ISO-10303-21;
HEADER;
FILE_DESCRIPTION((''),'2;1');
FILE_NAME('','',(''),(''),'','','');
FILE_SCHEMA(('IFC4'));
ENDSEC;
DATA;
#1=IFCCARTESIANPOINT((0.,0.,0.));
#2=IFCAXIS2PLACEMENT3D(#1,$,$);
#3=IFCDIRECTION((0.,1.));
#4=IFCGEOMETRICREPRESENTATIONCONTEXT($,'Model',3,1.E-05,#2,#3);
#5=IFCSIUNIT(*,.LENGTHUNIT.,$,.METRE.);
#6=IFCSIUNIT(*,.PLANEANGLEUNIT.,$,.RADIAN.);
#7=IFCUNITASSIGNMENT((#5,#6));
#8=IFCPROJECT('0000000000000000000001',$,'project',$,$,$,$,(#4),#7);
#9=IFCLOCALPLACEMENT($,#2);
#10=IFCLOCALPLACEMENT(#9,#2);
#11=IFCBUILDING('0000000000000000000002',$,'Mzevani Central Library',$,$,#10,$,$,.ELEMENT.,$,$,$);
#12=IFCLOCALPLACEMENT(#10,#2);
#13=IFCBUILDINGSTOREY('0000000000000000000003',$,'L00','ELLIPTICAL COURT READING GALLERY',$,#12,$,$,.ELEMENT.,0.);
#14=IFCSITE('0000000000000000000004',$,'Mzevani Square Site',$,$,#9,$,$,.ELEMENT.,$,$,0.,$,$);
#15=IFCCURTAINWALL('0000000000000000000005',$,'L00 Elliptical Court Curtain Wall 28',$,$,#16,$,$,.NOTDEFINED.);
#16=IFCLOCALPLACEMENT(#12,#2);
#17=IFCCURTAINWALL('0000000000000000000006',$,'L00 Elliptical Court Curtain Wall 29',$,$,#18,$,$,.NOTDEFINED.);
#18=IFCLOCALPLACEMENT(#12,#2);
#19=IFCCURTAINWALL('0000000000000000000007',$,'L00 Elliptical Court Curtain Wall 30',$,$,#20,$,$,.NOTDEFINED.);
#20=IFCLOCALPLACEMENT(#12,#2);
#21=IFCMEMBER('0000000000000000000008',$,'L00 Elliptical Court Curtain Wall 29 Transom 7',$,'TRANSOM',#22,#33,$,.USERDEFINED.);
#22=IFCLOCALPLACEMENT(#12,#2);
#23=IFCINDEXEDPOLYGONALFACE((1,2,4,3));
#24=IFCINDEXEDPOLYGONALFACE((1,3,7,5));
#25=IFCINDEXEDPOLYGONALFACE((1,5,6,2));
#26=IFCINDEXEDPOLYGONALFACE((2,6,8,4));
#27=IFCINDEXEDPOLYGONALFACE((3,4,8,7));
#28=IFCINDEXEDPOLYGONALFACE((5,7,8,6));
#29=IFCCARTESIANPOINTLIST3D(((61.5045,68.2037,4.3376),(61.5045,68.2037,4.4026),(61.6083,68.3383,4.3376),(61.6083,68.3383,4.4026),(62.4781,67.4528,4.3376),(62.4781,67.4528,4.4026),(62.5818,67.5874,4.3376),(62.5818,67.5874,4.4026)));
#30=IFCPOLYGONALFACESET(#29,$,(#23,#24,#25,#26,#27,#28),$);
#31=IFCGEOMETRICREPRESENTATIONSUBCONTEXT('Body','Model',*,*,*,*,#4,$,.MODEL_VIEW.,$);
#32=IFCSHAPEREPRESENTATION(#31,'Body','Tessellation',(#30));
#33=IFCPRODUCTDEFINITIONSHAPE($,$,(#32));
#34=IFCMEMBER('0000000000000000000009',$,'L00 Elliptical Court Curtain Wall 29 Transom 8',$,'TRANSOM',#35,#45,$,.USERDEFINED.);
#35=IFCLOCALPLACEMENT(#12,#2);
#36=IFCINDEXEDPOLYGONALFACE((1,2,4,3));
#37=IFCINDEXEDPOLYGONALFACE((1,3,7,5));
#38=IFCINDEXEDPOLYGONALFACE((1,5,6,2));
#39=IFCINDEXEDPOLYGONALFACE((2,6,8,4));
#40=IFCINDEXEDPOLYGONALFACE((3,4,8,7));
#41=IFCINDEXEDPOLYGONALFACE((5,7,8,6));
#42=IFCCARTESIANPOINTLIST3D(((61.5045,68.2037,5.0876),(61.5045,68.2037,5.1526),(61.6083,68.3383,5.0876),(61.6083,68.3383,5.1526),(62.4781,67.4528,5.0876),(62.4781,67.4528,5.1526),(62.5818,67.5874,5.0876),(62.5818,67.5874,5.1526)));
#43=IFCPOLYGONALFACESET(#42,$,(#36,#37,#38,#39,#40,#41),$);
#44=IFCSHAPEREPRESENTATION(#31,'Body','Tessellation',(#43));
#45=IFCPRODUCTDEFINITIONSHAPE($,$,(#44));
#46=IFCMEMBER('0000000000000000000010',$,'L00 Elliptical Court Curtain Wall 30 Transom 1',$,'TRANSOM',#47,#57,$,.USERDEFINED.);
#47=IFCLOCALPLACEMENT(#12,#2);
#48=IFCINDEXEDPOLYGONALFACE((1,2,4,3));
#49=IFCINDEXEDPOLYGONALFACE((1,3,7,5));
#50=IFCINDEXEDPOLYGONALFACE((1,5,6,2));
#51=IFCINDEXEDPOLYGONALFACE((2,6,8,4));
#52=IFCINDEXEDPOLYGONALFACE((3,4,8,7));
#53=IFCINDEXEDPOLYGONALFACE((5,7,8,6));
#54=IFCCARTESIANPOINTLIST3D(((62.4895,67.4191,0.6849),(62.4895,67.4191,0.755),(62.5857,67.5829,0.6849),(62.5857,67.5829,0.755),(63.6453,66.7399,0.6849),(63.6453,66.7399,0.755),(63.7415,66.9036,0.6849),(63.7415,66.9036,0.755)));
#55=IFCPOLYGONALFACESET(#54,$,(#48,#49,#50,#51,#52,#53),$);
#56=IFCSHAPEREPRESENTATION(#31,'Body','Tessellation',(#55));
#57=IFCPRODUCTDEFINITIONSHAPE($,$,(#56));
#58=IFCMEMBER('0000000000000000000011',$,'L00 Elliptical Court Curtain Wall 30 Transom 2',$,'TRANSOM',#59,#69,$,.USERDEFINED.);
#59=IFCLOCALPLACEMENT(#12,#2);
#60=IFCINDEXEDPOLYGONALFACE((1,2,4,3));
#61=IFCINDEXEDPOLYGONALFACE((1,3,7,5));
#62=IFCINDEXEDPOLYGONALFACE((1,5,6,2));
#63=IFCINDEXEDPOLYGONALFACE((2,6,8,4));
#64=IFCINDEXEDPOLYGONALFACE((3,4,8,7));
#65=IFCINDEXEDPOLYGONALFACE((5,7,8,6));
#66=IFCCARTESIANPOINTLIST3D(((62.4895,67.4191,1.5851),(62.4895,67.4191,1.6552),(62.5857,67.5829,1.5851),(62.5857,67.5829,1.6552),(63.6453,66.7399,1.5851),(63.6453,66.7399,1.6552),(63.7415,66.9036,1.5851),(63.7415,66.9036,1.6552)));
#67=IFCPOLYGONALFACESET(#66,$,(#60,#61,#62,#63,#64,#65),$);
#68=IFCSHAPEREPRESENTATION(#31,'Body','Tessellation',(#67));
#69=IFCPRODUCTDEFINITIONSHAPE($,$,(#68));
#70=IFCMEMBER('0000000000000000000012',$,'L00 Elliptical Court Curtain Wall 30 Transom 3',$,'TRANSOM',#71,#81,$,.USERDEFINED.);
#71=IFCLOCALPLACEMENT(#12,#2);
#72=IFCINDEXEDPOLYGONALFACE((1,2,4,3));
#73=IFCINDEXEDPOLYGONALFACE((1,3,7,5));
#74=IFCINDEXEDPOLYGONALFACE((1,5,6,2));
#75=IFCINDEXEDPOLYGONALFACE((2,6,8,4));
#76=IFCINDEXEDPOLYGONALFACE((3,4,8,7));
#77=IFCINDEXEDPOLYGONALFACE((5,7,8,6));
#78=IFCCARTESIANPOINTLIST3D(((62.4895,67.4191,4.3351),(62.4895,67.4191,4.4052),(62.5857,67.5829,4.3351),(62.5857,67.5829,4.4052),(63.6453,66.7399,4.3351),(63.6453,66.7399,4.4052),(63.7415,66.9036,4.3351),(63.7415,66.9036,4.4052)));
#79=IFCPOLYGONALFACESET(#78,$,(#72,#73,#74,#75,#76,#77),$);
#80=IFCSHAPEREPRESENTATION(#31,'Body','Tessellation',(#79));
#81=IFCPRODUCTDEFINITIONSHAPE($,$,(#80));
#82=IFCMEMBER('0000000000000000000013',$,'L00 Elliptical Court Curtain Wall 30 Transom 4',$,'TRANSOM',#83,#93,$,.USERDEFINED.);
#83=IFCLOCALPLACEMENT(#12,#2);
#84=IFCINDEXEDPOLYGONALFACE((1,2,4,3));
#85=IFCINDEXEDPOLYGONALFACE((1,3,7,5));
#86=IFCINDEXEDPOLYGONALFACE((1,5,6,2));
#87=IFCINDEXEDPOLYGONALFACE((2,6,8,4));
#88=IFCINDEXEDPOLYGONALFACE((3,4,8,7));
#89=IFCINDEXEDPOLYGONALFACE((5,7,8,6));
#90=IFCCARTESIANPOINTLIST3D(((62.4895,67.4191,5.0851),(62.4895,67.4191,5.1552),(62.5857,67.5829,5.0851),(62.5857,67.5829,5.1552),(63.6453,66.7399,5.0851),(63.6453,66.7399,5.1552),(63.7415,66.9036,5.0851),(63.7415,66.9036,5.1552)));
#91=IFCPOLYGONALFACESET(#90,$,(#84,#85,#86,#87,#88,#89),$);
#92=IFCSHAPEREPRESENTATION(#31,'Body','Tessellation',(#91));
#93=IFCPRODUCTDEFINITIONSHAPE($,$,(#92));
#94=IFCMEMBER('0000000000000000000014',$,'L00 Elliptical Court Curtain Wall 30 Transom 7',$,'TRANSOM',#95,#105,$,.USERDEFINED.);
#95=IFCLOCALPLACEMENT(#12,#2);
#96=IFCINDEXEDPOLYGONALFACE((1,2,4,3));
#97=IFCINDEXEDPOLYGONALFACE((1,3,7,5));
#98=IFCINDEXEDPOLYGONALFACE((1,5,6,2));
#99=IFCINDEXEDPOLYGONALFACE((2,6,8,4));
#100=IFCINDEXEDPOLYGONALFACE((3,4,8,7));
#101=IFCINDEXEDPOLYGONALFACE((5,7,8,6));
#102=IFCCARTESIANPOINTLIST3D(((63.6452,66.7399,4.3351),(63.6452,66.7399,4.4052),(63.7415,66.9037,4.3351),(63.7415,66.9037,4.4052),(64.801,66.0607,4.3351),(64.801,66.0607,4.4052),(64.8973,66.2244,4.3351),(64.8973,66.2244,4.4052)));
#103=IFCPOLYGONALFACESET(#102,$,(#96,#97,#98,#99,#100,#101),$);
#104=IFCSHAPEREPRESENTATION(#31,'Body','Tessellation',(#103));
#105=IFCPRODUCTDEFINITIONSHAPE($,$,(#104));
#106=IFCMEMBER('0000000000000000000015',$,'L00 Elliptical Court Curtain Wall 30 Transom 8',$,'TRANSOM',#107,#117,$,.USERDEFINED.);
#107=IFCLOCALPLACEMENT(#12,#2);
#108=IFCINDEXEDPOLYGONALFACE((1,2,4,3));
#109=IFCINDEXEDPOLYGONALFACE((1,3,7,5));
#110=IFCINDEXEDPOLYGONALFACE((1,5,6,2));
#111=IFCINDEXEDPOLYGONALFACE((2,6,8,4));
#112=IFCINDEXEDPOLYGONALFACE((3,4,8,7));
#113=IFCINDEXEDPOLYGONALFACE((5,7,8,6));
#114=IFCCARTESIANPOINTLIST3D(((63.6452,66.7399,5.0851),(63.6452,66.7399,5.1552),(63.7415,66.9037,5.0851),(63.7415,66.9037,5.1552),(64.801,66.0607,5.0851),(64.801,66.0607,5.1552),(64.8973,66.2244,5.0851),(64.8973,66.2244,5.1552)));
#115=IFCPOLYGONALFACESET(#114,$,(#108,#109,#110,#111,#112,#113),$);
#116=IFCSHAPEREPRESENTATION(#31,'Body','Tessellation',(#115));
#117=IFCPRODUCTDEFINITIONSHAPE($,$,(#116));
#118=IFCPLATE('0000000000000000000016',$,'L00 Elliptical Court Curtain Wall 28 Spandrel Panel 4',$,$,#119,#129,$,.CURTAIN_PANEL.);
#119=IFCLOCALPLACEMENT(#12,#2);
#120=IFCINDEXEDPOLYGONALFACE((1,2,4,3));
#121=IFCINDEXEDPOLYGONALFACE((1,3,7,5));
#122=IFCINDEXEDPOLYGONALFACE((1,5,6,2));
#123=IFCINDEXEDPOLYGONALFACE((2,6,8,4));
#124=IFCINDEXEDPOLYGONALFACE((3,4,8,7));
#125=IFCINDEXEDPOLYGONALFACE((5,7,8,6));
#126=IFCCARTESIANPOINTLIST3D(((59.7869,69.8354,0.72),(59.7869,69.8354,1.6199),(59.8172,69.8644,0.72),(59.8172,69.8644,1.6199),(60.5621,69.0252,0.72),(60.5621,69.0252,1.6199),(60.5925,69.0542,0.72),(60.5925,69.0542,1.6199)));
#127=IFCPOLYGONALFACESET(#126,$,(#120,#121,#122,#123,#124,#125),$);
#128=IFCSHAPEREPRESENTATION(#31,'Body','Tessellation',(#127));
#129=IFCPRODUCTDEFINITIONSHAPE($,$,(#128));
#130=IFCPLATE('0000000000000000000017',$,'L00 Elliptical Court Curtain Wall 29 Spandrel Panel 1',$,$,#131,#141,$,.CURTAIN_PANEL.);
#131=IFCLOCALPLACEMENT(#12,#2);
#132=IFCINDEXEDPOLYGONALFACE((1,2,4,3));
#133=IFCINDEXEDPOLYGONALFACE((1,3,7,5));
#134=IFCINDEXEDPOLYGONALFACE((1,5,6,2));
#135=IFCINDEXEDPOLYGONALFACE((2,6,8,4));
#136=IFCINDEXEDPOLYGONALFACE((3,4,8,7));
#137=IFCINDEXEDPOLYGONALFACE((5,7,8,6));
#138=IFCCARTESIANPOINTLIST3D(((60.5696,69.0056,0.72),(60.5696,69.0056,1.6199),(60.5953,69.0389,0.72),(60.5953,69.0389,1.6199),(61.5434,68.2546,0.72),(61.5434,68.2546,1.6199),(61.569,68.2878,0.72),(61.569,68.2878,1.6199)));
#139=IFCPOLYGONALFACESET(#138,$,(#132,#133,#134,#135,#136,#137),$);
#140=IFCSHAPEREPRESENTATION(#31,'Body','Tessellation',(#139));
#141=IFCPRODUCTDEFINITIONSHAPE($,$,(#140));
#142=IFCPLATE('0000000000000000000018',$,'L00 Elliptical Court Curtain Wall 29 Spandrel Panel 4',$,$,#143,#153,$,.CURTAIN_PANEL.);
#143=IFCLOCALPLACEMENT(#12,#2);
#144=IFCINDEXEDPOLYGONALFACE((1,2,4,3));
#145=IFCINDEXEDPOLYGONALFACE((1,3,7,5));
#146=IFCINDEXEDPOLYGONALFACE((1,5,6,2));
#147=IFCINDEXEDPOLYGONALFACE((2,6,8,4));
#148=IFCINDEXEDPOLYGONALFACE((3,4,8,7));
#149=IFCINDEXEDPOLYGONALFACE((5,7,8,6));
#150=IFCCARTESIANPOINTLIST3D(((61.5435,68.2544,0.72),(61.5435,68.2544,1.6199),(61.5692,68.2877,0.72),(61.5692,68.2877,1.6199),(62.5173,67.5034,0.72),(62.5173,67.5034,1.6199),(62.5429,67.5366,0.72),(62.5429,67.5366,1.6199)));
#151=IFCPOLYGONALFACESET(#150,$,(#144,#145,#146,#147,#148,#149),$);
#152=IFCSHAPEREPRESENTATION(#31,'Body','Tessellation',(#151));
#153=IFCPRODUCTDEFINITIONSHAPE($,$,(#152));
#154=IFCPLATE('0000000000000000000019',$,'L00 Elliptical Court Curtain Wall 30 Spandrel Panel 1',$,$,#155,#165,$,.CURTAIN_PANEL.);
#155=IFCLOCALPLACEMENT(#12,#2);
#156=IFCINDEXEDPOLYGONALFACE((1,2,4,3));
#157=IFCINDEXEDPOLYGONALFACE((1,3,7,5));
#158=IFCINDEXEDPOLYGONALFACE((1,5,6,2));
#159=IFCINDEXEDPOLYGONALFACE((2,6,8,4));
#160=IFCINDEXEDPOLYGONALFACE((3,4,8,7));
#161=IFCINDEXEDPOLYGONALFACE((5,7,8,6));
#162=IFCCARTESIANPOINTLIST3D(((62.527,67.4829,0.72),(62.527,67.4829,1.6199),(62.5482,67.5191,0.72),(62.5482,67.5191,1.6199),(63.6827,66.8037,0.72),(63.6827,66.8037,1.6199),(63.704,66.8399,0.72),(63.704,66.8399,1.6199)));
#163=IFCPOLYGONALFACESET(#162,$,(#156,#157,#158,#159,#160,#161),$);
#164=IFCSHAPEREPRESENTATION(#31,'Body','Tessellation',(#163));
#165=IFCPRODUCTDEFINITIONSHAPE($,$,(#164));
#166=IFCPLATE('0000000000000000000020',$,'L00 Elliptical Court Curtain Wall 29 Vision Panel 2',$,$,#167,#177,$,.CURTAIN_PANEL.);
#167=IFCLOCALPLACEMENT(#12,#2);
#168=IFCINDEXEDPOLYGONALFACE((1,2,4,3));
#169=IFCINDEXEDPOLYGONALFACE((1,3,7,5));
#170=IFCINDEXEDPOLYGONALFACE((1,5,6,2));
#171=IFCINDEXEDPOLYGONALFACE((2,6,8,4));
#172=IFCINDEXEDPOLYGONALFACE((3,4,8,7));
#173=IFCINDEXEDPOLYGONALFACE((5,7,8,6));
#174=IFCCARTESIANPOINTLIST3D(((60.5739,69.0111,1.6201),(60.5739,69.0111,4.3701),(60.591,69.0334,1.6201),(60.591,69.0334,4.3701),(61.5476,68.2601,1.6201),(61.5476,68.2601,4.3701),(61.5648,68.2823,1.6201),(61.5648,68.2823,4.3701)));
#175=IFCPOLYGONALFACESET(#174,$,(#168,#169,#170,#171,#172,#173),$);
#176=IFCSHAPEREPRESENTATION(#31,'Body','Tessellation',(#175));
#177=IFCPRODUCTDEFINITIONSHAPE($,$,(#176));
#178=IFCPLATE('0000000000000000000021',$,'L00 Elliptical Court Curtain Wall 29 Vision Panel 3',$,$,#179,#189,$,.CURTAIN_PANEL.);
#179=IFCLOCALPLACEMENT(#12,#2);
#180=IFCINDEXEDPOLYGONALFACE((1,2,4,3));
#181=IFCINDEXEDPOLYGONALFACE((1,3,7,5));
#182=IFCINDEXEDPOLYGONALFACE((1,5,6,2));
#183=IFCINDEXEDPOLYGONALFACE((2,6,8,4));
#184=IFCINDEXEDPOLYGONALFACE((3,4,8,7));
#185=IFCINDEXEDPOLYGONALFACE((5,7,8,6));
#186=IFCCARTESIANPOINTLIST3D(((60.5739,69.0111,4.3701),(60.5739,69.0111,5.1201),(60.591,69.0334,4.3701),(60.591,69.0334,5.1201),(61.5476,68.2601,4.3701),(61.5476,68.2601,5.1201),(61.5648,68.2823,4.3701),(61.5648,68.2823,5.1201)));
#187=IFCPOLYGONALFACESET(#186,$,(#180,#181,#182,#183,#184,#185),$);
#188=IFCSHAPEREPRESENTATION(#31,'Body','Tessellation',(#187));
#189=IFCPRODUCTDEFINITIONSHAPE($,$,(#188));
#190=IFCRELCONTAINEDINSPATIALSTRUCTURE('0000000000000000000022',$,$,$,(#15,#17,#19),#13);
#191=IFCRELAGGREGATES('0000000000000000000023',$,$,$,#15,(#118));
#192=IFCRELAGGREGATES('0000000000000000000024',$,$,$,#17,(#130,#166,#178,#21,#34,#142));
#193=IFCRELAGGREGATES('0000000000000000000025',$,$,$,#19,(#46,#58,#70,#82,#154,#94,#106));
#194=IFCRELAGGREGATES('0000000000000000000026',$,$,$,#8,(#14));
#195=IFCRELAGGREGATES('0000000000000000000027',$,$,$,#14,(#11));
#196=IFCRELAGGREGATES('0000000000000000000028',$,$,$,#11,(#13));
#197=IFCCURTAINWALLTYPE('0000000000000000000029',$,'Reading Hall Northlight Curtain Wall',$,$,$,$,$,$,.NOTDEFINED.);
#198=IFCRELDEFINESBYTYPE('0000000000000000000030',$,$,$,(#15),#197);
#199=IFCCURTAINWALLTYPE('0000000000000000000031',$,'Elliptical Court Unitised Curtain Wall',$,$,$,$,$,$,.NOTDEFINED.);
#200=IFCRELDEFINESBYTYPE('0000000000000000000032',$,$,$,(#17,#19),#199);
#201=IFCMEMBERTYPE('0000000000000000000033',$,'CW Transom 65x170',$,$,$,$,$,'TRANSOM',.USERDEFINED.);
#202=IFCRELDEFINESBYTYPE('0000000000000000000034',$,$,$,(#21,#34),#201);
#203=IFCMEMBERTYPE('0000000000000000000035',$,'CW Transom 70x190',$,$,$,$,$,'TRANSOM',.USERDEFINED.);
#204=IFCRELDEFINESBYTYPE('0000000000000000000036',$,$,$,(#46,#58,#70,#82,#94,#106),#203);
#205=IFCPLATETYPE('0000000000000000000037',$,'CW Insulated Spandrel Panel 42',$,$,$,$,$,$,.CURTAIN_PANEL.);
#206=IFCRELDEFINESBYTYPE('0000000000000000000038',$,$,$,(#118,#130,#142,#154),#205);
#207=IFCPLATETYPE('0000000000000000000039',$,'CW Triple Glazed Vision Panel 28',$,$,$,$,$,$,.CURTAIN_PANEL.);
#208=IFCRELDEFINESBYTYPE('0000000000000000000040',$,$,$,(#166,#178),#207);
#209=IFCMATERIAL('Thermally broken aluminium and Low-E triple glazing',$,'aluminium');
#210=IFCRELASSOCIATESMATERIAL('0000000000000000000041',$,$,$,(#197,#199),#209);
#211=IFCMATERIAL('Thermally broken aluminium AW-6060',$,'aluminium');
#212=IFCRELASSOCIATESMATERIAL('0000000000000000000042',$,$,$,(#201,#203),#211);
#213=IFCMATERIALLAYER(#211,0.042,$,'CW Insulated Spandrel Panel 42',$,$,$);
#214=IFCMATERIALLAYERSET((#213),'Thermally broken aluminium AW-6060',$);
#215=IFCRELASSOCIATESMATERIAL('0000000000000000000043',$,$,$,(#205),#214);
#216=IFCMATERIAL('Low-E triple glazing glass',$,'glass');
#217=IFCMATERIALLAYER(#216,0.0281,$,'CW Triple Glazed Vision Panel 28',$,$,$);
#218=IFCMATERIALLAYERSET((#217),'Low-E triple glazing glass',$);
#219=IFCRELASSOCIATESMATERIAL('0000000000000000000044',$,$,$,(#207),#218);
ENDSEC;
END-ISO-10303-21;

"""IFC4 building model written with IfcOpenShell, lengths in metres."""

from ifc_helpers import new_model, si_unit, direction, frame, origin, origin_2d, place, context, subcontext, project, spatial, rectangle, extrude, material, layer, layer_set, material_profile, profile_set, type_object, element, aggregate, save


model = new_model("IFC4")

# Units and contexts
model_context = context("Model", 3, precision=1e-05, world=origin(), true_north=direction((0.0, 1.0)))
body_context = subcontext(model_context, "Body", "Model", "MODEL_VIEW")
ifc_project = project(units=[si_unit("LENGTHUNIT", "METRE"), si_unit("PLANEANGLEUNIT", "RADIAN")], contexts=[model_context])

# Site, building, storey
site_placement = place(None, origin())
site = spatial("IfcSite", under=ifc_project, at=site_placement, Name="Mzevani Square Site", CompositionType="ELEMENT", RefElevation=0.0)
building_placement = place(site_placement, origin())
building = spatial("IfcBuilding", under=site, at=building_placement, Name="Mzevani Central Library", CompositionType="ELEMENT")
storey_placement = place(building_placement, origin())
storey = spatial("IfcBuildingStorey", under=building, at=storey_placement, Name="L00", Description="ELLIPTICAL COURT READING GALLERY", CompositionType="ELEMENT", Elevation=0.0)

# Curtain wall
ifc_material_1 = material(Name="Thermally broken aluminium and Low-E triple glazing", Category="aluminium")
curtain_wall_type_1 = type_object("IfcCurtainWallType", Name="Reading Hall Northlight Curtain Wall", PredefinedType="NOTDEFINED", material=ifc_material_1)
curtain_wall_1_placement = place(storey_placement, origin())
curtain_wall_1 = element("IfcCurtainWall", 1, at=curtain_wall_1_placement, inside=storey, type_object=curtain_wall_type_1, Name="L00 Elliptical Court Curtain Wall 28", PredefinedType="NOTDEFINED")
ifc_material_2 = material(Name="Thermally broken aluminium AW-6060", Category="aluminium")

# Curtain wall
curtain_wall_type_2 = type_object("IfcCurtainWallType", Name="Elliptical Court Unitised Curtain Wall", PredefinedType="NOTDEFINED", material=ifc_material_1)
curtain_wall_2_placement = place(storey_placement, origin())
curtain_wall_2 = element("IfcCurtainWall", 2, at=curtain_wall_2_placement, inside=storey, type_object=curtain_wall_type_2, Name="L00 Elliptical Court Curtain Wall 29", PredefinedType="NOTDEFINED")

# Curtain wall
curtain_wall_3_placement = place(storey_placement, origin())
curtain_wall_3 = element("IfcCurtainWall", 3, at=curtain_wall_3_placement, inside=storey, type_object=curtain_wall_type_2, Name="L00 Elliptical Court Curtain Wall 30", PredefinedType="NOTDEFINED")

# Members
ifc_material_profile_1 = material_profile(ifc_material_2, rectangle(XDim=0.1699, YDim=0.0649, at=origin_2d()), Name="ALU T65x170")
ifc_profile_set_1 = profile_set([ifc_material_profile_1], Name="Thermally broken aluminium AW-6060")
member_type_1 = type_object("IfcMemberType", Name="CW Transom 65x170", ElementType="TRANSOM", PredefinedType="USERDEFINED", material=ifc_profile_set_1)
member_1_placement = place(storey_placement, frame((61.5564, 68.271, 4.3701), z_axis=(0.791826, -0.610747, 0.0), x_axis=(0.610747, 0.791826, 0.0)))
member_1 = element("IfcMember", 4, at=member_1_placement, type_object=member_type_1, Name="L00 Elliptical Court Curtain Wall 29 Transom 7", ObjectType="TRANSOM", PredefinedType="USERDEFINED", context=body_context, shape_type="SweptSolid", body=[
    extrude(rectangle(XDim=0.1699, YDim=0.0649, at=origin_2d()), origin(), (0.0, 0.0, 1.0), 1.2295),
])
member_2_placement = place(storey_placement, frame((61.5564, 68.271, 5.1201), z_axis=(0.791826, -0.610747, 0.0), x_axis=(0.610747, 0.791826, 0.0)))
member_2 = element("IfcMember", 5, at=member_2_placement, type_object=member_type_1, Name="L00 Elliptical Court Curtain Wall 29 Transom 8", ObjectType="TRANSOM", PredefinedType="USERDEFINED", context=body_context, shape_type="SweptSolid", body=[
    extrude(rectangle(XDim=0.1699, YDim=0.0649, at=origin_2d()), origin(), (0.0, 0.0, 1.0), 1.2295),
])
ifc_material_profile_2 = material_profile(ifc_material_2, rectangle(XDim=0.1899, YDim=0.0701, at=origin_2d()), Name="ALU T70x190")
ifc_profile_set_2 = profile_set([ifc_material_profile_2], Name="Thermally broken aluminium AW-6060")
member_type_2 = type_object("IfcMemberType", Name="CW Transom 70x190", ElementType="TRANSOM", PredefinedType="USERDEFINED", material=ifc_profile_set_2)
member_3_placement = place(storey_placement, frame((62.5376, 67.501, 0.72), z_axis=(0.862149, -0.506654, 0.0), x_axis=(0.506654, 0.862149, 0.0)))
member_3 = element("IfcMember", 6, at=member_3_placement, type_object=member_type_2, Name="L00 Elliptical Court Curtain Wall 30 Transom 1", ObjectType="TRANSOM", PredefinedType="USERDEFINED", context=body_context, shape_type="SweptSolid", body=[
    extrude(rectangle(XDim=0.1899, YDim=0.0701, at=origin_2d()), origin(), (0.0, 0.0, 1.0), 1.3406),
])
member_4_placement = place(storey_placement, frame((62.5376, 67.501, 1.6201), z_axis=(0.862149, -0.506654, 0.0), x_axis=(0.506654, 0.862149, 0.0)))
member_4 = element("IfcMember", 7, at=member_4_placement, type_object=member_type_2, Name="L00 Elliptical Court Curtain Wall 30 Transom 2", ObjectType="TRANSOM", PredefinedType="USERDEFINED", context=body_context, shape_type="SweptSolid", body=[
    extrude(rectangle(XDim=0.1899, YDim=0.0701, at=origin_2d()), origin(), (0.0, 0.0, 1.0), 1.3406),
])
member_5_placement = place(storey_placement, frame((62.5376, 67.501, 4.3701), z_axis=(0.862149, -0.506654, 0.0), x_axis=(0.506654, 0.862149, 0.0)))
member_5 = element("IfcMember", 8, at=member_5_placement, type_object=member_type_2, Name="L00 Elliptical Court Curtain Wall 30 Transom 3", ObjectType="TRANSOM", PredefinedType="USERDEFINED", context=body_context, shape_type="SweptSolid", body=[
    extrude(rectangle(XDim=0.1899, YDim=0.0701, at=origin_2d()), origin(), (0.0, 0.0, 1.0), 1.3406),
])
member_6_placement = place(storey_placement, frame((62.5376, 67.501, 5.1201), z_axis=(0.862149, -0.506654, 0.0), x_axis=(0.506654, 0.862149, 0.0)))
member_6 = element("IfcMember", 9, at=member_6_placement, type_object=member_type_2, Name="L00 Elliptical Court Curtain Wall 30 Transom 4", ObjectType="TRANSOM", PredefinedType="USERDEFINED", context=body_context, shape_type="SweptSolid", body=[
    extrude(rectangle(XDim=0.1899, YDim=0.0701, at=origin_2d()), origin(), (0.0, 0.0, 1.0), 1.3406),
])
member_7_placement = place(storey_placement, frame((63.6934, 66.8218, 4.3701), z_axis=(0.862149, -0.506654, 0.0), x_axis=(0.506654, 0.862149, 0.0)))
member_7 = element("IfcMember", 10, at=member_7_placement, type_object=member_type_2, Name="L00 Elliptical Court Curtain Wall 30 Transom 7", ObjectType="TRANSOM", PredefinedType="USERDEFINED", context=body_context, shape_type="SweptSolid", body=[
    extrude(rectangle(XDim=0.1899, YDim=0.0701, at=origin_2d()), origin(), (0.0, 0.0, 1.0), 1.3406),
])
member_8_placement = place(storey_placement, frame((63.6934, 66.8218, 5.1201), z_axis=(0.862149, -0.506654, 0.0), x_axis=(0.506654, 0.862149, 0.0)))
member_8 = element("IfcMember", 11, at=member_8_placement, type_object=member_type_2, Name="L00 Elliptical Court Curtain Wall 30 Transom 8", ObjectType="TRANSOM", PredefinedType="USERDEFINED", context=body_context, shape_type="SweptSolid", body=[
    extrude(rectangle(XDim=0.1899, YDim=0.0701, at=origin_2d()), origin(), (0.0, 0.0, 1.0), 1.3406),
])

# Plates
ifc_layer_1 = layer(ifc_material_2, 0.042, Name="CW Insulated Spandrel Panel 42")
ifc_layer_set_1 = layer_set([ifc_layer_1], Name="Thermally broken aluminium AW-6060")
plate_type_1 = type_object("IfcPlateType", Name="CW Insulated Spandrel Panel 42", PredefinedType="CURTAIN_PANEL", material=ifc_layer_set_1)
plate_1_placement = place(storey_placement, frame((60.1897, 69.4448, 0.72), z_axis=(0.0, 0.0, 1.0), x_axis=(0.691352, -0.722518, 0.0)))
plate_1 = element("IfcPlate", 12, at=plate_1_placement, type_object=plate_type_1, Name="L00 Elliptical Court Curtain Wall 28 Spandrel Panel 4", PredefinedType="CURTAIN_PANEL", context=body_context, shape_type="SweptSolid", body=[
    extrude(rectangle(XDim=1.1213, YDim=0.042, at=origin_2d()), origin(), (0.0, 0.0, 1.0), 0.8999),
])
aggregate(curtain_wall_1, [plate_1])
plate_2_placement = place(storey_placement, frame((61.0693, 68.6467, 0.72), z_axis=(0.0, 0.0, 1.0), x_axis=(0.791828, -0.610744, 0.0)))
plate_2 = element("IfcPlate", 13, at=plate_2_placement, type_object=plate_type_1, Name="L00 Elliptical Court Curtain Wall 29 Spandrel Panel 1", PredefinedType="CURTAIN_PANEL", context=body_context, shape_type="SweptSolid", body=[
    extrude(rectangle(XDim=1.2297, YDim=0.042, at=origin_2d()), origin(), (0.0, 0.0, 1.0), 0.8999),
])
plate_3_placement = place(storey_placement, frame((62.0432, 67.8955, 0.72), z_axis=(0.0, 0.0, 1.0), x_axis=(0.791828, -0.610744, 0.0)))
plate_3 = element("IfcPlate", 14, at=plate_3_placement, type_object=plate_type_1, Name="L00 Elliptical Court Curtain Wall 29 Spandrel Panel 4", PredefinedType="CURTAIN_PANEL", context=body_context, shape_type="SweptSolid", body=[
    extrude(rectangle(XDim=1.2297, YDim=0.042, at=origin_2d()), origin(), (0.0, 0.0, 1.0), 0.8999),
])
plate_4_placement = place(storey_placement, frame((63.1155, 67.1614, 0.72), z_axis=(0.0, 0.0, 1.0), x_axis=(0.862137, -0.506675, 0.0)))
plate_4 = element("IfcPlate", 15, at=plate_4_placement, type_object=plate_type_1, Name="L00 Elliptical Court Curtain Wall 30 Spandrel Panel 1", PredefinedType="CURTAIN_PANEL", context=body_context, shape_type="SweptSolid", body=[
    extrude(rectangle(XDim=1.3406, YDim=0.042, at=origin_2d()), origin(), (0.0, 0.0, 1.0), 0.8999),
])
ifc_material_3 = material(Name="Low-E triple glazing glass", Category="glass")
ifc_layer_2 = layer(ifc_material_3, 0.0281, Name="CW Triple Glazed Vision Panel 28")
ifc_layer_set_2 = layer_set([ifc_layer_2], Name="Low-E triple glazing glass")
plate_type_2 = type_object("IfcPlateType", Name="CW Triple Glazed Vision Panel 28", PredefinedType="CURTAIN_PANEL", material=ifc_layer_set_2)
plate_5_placement = place(storey_placement, frame((61.0693, 68.6467, 1.6201), z_axis=(0.0, 0.0, 1.0), x_axis=(0.791828, -0.610744, 0.0)))
plate_5 = element("IfcPlate", 16, at=plate_5_placement, type_object=plate_type_2, Name="L00 Elliptical Court Curtain Wall 29 Vision Panel 2", PredefinedType="CURTAIN_PANEL", context=body_context, shape_type="SweptSolid", body=[
    extrude(rectangle(XDim=1.2297, YDim=0.0281, at=origin_2d()), origin(), (0.0, 0.0, 1.0), 2.75),
])
plate_6_placement = place(storey_placement, frame((61.0693, 68.6467, 4.3701), z_axis=(0.0, 0.0, 1.0), x_axis=(0.791828, -0.610744, 0.0)))
plate_6 = element("IfcPlate", 17, at=plate_6_placement, type_object=plate_type_2, Name="L00 Elliptical Court Curtain Wall 29 Vision Panel 3", PredefinedType="CURTAIN_PANEL", context=body_context, shape_type="SweptSolid", body=[
    extrude(rectangle(XDim=1.2297, YDim=0.0281, at=origin_2d()), origin(), (0.0, 0.0, 1.0), 0.75),
])
aggregate(curtain_wall_2, [plate_2, plate_5, plate_6, member_1, member_2, plate_3])
aggregate(curtain_wall_3, [member_3, member_4, member_5, member_6, plate_4, member_7, member_8])

save(model, "model.ifc")
